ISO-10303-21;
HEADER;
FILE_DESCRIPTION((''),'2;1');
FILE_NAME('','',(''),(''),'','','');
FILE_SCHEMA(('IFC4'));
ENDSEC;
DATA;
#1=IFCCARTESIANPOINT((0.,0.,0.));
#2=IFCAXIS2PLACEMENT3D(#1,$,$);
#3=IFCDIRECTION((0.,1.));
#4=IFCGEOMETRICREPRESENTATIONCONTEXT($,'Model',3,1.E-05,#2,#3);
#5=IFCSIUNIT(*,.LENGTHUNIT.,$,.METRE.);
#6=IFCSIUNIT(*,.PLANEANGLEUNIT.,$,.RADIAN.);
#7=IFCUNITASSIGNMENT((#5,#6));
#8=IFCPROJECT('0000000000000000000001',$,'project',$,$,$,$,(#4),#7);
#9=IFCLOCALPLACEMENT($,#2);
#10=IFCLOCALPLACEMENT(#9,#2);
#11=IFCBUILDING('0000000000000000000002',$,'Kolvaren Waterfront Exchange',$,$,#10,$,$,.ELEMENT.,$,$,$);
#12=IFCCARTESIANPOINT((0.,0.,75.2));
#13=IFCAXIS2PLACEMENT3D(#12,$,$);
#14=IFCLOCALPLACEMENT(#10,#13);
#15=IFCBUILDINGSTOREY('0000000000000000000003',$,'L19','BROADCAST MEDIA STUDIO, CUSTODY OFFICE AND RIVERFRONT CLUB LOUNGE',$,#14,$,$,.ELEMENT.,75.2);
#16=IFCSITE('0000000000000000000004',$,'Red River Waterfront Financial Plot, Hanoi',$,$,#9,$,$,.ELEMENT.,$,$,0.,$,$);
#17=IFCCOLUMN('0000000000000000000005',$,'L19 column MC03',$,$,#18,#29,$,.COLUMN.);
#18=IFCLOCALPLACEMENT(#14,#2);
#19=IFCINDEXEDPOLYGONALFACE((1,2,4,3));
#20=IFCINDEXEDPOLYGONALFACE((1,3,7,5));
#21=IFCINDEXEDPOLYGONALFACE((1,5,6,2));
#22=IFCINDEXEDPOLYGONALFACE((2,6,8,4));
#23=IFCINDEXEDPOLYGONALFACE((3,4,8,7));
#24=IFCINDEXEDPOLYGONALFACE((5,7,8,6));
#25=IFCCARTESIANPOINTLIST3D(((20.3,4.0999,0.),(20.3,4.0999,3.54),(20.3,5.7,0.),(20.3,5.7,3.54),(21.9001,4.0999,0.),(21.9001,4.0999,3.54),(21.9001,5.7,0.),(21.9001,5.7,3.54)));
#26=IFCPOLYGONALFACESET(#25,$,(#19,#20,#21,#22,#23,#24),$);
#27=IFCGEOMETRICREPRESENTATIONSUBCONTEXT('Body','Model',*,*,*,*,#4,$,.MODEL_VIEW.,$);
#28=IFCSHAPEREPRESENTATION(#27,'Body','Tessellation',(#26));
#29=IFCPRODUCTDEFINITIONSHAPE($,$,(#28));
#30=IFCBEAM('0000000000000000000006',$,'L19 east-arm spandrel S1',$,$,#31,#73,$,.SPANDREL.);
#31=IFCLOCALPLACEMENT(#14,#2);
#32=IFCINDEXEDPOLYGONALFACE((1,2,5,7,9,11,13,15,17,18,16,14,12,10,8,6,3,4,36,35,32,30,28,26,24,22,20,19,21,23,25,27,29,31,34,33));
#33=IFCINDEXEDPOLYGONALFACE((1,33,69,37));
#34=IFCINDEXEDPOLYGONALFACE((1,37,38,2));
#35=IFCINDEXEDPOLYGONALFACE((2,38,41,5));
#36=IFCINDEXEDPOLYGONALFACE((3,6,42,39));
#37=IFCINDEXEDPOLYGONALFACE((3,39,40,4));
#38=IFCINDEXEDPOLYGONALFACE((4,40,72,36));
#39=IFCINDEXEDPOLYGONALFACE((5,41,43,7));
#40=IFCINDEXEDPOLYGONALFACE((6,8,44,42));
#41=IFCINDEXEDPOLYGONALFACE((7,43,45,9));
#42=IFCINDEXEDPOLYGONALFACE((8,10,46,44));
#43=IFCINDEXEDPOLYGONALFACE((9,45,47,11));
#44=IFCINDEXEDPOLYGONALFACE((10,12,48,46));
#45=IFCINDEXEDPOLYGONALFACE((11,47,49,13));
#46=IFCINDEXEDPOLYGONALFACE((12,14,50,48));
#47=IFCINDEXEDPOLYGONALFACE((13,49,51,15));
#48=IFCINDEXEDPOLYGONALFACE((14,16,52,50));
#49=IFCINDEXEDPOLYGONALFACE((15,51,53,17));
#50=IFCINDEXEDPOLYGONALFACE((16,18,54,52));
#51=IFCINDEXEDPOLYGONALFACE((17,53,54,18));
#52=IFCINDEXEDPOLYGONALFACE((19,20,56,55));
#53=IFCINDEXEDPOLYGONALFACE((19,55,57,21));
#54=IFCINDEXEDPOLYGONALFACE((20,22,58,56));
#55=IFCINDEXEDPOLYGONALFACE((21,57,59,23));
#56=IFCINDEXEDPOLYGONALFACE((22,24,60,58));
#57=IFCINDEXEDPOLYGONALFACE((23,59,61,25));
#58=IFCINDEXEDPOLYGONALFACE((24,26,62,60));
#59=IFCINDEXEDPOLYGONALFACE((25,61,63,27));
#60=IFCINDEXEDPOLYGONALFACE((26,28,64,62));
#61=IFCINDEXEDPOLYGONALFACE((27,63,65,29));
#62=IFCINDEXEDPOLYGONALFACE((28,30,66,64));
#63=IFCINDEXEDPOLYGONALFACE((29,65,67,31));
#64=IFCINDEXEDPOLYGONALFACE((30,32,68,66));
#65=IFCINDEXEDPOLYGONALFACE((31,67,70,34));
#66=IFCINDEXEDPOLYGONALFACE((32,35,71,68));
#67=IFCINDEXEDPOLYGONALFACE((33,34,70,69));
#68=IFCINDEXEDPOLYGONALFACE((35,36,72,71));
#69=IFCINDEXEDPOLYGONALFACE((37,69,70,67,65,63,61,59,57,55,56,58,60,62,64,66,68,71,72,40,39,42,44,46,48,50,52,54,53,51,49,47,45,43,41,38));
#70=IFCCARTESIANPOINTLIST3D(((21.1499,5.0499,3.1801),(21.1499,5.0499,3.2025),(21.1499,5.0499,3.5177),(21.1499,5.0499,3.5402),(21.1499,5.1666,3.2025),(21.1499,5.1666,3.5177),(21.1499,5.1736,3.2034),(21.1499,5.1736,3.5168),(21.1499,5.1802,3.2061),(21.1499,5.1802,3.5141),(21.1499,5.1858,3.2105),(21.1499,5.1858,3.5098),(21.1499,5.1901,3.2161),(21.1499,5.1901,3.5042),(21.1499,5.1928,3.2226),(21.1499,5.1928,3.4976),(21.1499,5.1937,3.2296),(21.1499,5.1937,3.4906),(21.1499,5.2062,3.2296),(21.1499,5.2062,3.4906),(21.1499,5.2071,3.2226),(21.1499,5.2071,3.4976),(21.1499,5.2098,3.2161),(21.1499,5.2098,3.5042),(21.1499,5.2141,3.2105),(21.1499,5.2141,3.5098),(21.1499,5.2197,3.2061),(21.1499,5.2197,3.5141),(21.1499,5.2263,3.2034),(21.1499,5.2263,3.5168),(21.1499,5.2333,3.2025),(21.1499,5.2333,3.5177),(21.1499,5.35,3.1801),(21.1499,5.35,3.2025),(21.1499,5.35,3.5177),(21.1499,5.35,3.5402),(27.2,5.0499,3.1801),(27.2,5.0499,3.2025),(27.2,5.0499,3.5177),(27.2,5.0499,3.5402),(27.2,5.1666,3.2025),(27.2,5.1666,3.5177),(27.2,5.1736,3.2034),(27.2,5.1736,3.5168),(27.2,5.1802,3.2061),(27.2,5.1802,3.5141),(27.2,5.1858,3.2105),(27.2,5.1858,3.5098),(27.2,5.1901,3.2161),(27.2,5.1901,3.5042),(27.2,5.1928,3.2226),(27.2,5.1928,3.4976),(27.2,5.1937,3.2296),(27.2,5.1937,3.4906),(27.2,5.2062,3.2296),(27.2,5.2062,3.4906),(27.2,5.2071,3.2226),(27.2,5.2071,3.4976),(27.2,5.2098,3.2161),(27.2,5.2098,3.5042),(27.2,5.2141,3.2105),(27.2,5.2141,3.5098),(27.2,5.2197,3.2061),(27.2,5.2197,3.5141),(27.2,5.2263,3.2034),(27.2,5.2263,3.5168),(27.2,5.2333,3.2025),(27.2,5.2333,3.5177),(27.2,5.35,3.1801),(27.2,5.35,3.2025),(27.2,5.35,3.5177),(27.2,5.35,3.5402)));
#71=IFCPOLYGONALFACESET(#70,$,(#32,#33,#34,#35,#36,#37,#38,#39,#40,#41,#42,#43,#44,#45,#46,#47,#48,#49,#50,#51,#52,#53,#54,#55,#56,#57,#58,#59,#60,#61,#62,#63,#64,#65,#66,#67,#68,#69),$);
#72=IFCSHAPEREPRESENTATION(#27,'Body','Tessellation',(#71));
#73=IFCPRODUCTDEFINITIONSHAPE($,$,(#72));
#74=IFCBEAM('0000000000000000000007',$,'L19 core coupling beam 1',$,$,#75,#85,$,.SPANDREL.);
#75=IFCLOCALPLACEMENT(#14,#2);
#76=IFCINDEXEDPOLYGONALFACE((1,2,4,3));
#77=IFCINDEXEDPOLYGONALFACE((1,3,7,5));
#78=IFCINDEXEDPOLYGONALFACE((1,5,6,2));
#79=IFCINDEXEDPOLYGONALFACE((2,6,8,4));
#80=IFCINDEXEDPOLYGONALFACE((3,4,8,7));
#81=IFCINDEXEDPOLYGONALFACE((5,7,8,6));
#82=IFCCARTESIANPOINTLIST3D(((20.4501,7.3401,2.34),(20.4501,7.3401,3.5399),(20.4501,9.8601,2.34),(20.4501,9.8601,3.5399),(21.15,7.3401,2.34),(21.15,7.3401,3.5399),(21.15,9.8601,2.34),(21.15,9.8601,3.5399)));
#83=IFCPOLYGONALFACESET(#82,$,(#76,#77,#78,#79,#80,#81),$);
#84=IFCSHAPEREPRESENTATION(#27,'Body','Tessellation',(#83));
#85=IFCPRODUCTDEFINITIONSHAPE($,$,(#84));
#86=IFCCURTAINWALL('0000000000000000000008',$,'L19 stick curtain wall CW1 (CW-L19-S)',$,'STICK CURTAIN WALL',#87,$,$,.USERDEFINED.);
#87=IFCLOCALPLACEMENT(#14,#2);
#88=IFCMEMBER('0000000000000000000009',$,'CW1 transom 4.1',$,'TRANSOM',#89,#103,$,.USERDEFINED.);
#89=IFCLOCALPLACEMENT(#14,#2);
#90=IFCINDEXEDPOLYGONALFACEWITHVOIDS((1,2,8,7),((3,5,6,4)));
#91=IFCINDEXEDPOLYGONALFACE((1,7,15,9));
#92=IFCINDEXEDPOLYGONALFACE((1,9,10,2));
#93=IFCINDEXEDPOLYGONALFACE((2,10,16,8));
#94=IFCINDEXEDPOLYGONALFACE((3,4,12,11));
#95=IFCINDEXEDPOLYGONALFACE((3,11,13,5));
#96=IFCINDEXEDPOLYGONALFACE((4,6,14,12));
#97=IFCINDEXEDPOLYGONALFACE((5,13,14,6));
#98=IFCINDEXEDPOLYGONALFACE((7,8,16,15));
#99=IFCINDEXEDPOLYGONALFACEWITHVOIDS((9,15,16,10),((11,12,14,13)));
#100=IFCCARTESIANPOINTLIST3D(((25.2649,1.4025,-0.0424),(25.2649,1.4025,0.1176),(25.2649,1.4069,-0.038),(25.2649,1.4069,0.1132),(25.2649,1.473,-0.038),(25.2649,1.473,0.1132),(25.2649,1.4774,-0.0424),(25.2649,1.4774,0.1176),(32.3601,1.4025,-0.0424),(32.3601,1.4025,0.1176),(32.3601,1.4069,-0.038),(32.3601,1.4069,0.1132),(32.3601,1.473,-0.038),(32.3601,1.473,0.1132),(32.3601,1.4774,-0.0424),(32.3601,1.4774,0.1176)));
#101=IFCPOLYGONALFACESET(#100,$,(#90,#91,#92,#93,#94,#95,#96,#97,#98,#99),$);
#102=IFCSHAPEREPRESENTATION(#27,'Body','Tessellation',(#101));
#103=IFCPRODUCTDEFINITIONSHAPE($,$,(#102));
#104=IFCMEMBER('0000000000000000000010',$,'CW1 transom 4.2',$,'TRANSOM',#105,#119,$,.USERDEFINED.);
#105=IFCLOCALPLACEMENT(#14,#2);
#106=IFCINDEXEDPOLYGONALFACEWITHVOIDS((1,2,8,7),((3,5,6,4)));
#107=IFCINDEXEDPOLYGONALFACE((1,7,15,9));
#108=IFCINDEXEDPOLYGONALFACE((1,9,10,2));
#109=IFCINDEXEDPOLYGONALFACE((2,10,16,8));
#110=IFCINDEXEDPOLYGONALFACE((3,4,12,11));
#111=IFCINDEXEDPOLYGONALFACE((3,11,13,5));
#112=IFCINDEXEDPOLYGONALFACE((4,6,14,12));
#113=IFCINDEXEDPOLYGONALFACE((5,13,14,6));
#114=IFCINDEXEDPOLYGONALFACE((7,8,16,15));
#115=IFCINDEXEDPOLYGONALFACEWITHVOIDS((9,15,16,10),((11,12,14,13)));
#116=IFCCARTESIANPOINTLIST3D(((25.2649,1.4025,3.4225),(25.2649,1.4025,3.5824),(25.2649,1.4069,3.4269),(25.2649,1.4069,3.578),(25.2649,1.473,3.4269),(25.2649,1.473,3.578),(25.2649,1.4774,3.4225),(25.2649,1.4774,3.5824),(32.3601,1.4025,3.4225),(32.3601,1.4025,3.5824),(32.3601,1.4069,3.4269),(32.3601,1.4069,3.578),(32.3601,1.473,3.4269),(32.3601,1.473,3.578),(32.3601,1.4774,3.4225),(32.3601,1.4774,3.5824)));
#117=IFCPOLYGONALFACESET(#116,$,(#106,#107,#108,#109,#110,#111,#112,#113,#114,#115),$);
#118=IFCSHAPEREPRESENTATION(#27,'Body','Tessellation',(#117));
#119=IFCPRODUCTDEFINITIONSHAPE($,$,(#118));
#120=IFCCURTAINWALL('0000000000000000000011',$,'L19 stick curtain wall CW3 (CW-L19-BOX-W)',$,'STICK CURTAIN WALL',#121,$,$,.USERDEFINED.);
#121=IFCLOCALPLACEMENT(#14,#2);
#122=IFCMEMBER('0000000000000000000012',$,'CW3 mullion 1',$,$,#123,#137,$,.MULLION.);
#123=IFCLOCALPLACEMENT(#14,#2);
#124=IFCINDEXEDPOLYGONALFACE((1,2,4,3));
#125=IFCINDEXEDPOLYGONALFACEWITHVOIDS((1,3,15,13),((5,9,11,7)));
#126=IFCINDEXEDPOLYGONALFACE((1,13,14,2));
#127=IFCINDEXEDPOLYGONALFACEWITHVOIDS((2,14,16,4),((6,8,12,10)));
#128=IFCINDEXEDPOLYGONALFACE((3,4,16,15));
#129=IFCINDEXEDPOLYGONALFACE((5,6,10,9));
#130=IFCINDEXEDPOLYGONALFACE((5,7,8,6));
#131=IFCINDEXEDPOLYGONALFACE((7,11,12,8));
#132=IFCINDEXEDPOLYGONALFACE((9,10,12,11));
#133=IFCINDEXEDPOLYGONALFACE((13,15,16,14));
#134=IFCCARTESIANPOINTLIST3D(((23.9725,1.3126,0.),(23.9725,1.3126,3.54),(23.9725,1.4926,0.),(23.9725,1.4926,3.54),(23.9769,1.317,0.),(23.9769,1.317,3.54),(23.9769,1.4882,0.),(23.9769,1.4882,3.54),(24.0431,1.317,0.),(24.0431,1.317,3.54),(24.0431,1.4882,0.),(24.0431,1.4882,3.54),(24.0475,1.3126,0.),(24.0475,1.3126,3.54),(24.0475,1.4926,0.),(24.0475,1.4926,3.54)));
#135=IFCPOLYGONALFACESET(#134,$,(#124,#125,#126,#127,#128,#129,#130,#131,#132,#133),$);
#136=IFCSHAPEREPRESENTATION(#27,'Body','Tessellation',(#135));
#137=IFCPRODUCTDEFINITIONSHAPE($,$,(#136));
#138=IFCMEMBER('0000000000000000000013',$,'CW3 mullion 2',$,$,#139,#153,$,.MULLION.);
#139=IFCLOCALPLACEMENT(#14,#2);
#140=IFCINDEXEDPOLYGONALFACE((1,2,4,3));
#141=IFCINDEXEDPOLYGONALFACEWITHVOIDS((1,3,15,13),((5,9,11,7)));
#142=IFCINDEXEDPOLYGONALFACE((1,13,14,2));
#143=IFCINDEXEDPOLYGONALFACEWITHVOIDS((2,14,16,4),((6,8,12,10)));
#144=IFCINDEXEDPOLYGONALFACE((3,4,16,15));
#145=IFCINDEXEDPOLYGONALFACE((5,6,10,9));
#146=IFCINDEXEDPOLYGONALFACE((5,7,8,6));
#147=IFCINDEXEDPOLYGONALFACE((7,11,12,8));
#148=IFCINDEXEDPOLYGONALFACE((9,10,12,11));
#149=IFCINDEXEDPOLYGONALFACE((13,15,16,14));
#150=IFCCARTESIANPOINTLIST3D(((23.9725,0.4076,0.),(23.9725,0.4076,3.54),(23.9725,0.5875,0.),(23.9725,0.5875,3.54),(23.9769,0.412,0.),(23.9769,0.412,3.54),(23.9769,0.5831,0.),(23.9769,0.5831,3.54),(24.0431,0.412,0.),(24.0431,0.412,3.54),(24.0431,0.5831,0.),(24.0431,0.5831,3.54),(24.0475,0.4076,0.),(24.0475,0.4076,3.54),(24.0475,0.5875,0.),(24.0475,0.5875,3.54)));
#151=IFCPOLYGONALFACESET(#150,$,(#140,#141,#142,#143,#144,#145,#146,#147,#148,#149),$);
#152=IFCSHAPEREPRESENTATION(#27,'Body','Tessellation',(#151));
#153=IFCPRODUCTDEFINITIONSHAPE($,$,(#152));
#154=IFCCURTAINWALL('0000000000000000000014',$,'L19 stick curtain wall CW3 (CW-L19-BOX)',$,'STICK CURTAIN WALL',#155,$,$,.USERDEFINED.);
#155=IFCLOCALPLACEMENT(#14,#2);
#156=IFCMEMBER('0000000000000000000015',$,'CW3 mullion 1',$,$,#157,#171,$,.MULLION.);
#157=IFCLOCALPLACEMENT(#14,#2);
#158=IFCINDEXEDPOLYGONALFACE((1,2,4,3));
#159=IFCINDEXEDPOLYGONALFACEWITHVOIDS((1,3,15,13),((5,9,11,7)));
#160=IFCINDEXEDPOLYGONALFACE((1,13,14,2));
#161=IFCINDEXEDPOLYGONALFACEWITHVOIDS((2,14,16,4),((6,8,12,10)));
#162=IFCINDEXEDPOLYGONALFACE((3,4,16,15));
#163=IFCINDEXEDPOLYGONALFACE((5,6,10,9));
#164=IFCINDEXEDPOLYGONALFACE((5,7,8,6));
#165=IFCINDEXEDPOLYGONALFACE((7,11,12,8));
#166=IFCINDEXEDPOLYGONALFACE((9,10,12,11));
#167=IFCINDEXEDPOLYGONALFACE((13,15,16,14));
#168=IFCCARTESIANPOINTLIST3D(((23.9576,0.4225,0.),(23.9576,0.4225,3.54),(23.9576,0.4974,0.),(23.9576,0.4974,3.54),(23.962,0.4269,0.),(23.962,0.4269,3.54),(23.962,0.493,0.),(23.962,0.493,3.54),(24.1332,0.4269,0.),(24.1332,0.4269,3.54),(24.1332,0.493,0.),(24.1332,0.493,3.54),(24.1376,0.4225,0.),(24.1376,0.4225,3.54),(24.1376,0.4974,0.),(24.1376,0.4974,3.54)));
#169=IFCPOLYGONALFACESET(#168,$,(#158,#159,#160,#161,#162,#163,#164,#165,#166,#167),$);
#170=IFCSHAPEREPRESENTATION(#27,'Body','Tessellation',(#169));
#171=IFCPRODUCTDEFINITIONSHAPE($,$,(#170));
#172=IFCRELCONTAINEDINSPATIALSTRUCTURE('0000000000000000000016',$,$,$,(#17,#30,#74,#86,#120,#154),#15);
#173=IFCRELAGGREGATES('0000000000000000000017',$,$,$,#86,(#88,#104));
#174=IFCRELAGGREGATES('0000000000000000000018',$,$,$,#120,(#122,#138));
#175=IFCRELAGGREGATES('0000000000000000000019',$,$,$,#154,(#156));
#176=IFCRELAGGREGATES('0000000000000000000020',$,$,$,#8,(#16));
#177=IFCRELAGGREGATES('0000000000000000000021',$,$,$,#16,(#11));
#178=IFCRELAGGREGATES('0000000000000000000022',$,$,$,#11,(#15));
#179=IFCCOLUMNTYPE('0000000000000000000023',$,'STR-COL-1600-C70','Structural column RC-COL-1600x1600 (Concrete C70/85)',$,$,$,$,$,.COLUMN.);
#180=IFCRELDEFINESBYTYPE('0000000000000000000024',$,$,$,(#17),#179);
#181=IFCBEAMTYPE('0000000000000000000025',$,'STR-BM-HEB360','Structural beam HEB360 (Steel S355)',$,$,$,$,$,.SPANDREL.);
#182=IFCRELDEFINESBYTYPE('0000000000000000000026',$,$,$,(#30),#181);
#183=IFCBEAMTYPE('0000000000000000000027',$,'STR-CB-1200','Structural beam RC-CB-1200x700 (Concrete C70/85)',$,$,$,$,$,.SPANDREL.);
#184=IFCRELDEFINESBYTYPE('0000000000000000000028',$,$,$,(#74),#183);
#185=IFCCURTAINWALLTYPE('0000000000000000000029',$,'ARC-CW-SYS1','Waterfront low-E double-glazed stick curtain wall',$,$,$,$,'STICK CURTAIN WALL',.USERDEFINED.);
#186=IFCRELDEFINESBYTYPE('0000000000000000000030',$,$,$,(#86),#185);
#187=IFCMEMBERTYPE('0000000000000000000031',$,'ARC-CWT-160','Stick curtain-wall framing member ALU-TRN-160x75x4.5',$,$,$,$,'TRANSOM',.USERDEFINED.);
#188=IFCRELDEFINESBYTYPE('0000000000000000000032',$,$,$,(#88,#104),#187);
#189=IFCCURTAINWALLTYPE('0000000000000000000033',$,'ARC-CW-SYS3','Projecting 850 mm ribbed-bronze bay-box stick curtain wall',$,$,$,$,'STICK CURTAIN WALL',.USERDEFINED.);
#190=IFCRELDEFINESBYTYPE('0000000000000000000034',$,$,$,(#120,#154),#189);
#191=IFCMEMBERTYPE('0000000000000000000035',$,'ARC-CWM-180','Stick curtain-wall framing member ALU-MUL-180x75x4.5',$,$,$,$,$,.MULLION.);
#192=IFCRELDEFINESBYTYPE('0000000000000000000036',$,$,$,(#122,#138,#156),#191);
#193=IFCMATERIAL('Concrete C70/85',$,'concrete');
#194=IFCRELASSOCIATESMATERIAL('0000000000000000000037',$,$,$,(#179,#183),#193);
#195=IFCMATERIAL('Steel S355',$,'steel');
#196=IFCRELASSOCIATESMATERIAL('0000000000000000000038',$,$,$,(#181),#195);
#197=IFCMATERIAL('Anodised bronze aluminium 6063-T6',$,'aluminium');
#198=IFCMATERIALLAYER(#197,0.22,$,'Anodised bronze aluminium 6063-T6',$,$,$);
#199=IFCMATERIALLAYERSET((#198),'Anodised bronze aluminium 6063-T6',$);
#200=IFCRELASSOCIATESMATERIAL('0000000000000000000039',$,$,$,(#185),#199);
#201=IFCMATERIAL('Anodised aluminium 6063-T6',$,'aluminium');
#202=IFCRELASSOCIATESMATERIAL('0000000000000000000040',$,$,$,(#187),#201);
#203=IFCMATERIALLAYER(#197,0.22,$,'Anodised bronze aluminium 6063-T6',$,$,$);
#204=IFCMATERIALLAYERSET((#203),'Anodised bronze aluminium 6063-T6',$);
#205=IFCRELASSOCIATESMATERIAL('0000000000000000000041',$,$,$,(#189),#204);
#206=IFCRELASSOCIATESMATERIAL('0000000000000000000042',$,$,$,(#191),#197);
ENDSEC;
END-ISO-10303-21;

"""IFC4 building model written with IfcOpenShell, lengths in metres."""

from ifc_helpers import new_model, si_unit, direction, frame, origin, origin_with_axes, origin_2d, place, context, subcontext, project, spatial, rectangle, hollow_rectangle, i_section, extrude, source, transform, mapped, material, layer, layer_set, material_profile, profile_set, type_object, element, aggregate, save


model = new_model("IFC4")

# Units and contexts
model_context = context("Model", 3, precision=1e-05, world=origin(), true_north=direction((0.0, 1.0)))
body_context = subcontext(model_context, "Body", "Model", "MODEL_VIEW")
ifc_project = project(units=[si_unit("LENGTHUNIT", "METRE"), si_unit("PLANEANGLEUNIT", "RADIAN")], contexts=[model_context])

# Site, building, storey
site_placement = place(None, origin())
site = spatial("IfcSite", under=ifc_project, at=site_placement, Name="Red River Waterfront Financial Plot, Hanoi", CompositionType="ELEMENT", RefElevation=0.0)
building_placement = place(site_placement, origin())
building = spatial("IfcBuilding", under=site, at=building_placement, Name="Kolvaren Waterfront Exchange", CompositionType="ELEMENT")
storey_placement = place(building_placement, frame((0.0, 0.0, 75.2)))
storey = spatial("IfcBuildingStorey", under=building, at=storey_placement, Name="L19", Description="BROADCAST MEDIA STUDIO, CUSTODY OFFICE AND RIVERFRONT CLUB LOUNGE", CompositionType="ELEMENT", Elevation=75.2)

# Column
ifc_material_1 = material(Name="Concrete C70/85", Category="concrete")
ifc_material_profile_1 = material_profile(ifc_material_1, rectangle(XDim=1.6001, YDim=1.6001, at=origin_2d()), Name="RC-COL-1600x1600")
ifc_profile_set_1 = profile_set([ifc_material_profile_1], Name="Concrete C70/85")
column_type = type_object("IfcColumnType", Name="STR-COL-1600-C70", Description="Structural column RC-COL-1600x1600 (Concrete C70/85)", PredefinedType="COLUMN", material=ifc_profile_set_1)
column_placement = place(storey_placement, frame((21.1001, 4.8999, 0.0), z_axis=(0.0, 0.0, 1.0), x_axis=(1.0, 0.0, 0.0)))
element("IfcColumn", 1, at=column_placement, inside=storey, type_object=column_type, Name="L19 column MC03", PredefinedType="COLUMN", context=body_context, shape_type="SweptSolid", body=[
    extrude(rectangle(XDim=1.6001, YDim=1.6001, at=origin_2d()), origin(), (0.0, 0.0, 1.0), 3.54),
])

# Beams
ifc_material_2 = material(Name="Steel S355", Category="steel")
ifc_material_profile_2 = material_profile(ifc_material_2, i_section(OverallWidth=0.3, OverallDepth=0.3601, WebThickness=0.0125, FlangeThickness=0.0225, FilletRadius=0.0271, at=origin_2d()), Name="HEB360")
ifc_profile_set_2 = profile_set([ifc_material_profile_2], Name="Steel S355")
beam_type_1 = type_object("IfcBeamType", Name="STR-BM-HEB360", Description="Structural beam HEB360 (Steel S355)", PredefinedType="SPANDREL", material=ifc_profile_set_2)
beam_1_placement = place(storey_placement, frame((21.1499, 5.2, 3.3601), z_axis=(1.0, 0.0, 0.0), x_axis=(0.0, 1.0, 0.0)))
element("IfcBeam", 2, at=beam_1_placement, inside=storey, type_object=beam_type_1, Name="L19 east-arm spandrel S1", PredefinedType="SPANDREL", context=body_context, shape_type="SweptSolid", body=[
    extrude(i_section(OverallWidth=0.3, OverallDepth=0.3601, WebThickness=0.0125, FlangeThickness=0.0225, FilletRadius=0.0271, at=origin_2d()), origin(), (0.0, 0.0, 1.0), 6.05),
])
ifc_material_profile_3 = material_profile(ifc_material_1, rectangle(XDim=0.7, YDim=1.2, at=origin_2d()), Name="RC-CB-1200x700")
ifc_profile_set_3 = profile_set([ifc_material_profile_3], Name="Concrete C70/85")
beam_type_2 = type_object("IfcBeamType", Name="STR-CB-1200", Description="Structural beam RC-CB-1200x700 (Concrete C70/85)", PredefinedType="SPANDREL", material=ifc_profile_set_3)
beam_2_placement = place(storey_placement, frame((20.8, 7.3401, 2.9399), z_axis=(0.0, 1.0, 0.0), x_axis=(-1.0, 0.0, 0.0)))
element("IfcBeam", 3, at=beam_2_placement, inside=storey, type_object=beam_type_2, Name="L19 core coupling beam 1", PredefinedType="SPANDREL", context=body_context, shape_type="SweptSolid", body=[
    extrude(rectangle(XDim=0.7, YDim=1.2, at=origin_2d()), origin(), (0.0, 0.0, 1.0), 2.52),
])

# Curtain walls, members
ifc_material_3 = material(Name="Anodised bronze aluminium 6063-T6", Category="aluminium")
ifc_layer_1 = layer(ifc_material_3, 0.22, Name="Anodised bronze aluminium 6063-T6")
ifc_layer_set_1 = layer_set([ifc_layer_1], Name="Anodised bronze aluminium 6063-T6")
curtain_wall_type_1 = type_object("IfcCurtainWallType", Name="ARC-CW-SYS1", Description="Waterfront low-E double-glazed stick curtain wall", ElementType="STICK CURTAIN WALL", PredefinedType="USERDEFINED", material=ifc_layer_set_1)
curtain_wall_1_placement = place(storey_placement, origin())
curtain_wall_1 = element("IfcCurtainWall", 4, at=curtain_wall_1_placement, inside=storey, type_object=curtain_wall_type_1, Name="L19 stick curtain wall CW1 (CW-L19-S)", ObjectType="STICK CURTAIN WALL", PredefinedType="USERDEFINED")
ifc_material_4 = material(Name="Anodised aluminium 6063-T6", Category="aluminium")
ifc_material_profile_4 = material_profile(ifc_material_4, hollow_rectangle(XDim=0.075, YDim=0.1599, WallThickness=0.0044, at=origin_2d()), Name="ALU-TRN-160x75x4.5")
ifc_profile_set_4 = profile_set([ifc_material_profile_4], Name="Anodised aluminium 6063-T6")
member_type_1 = type_object("IfcMemberType", Name="ARC-CWT-160", Description="Stick curtain-wall framing member ALU-TRN-160x75x4.5", ElementType="TRANSOM", PredefinedType="USERDEFINED", material=ifc_profile_set_4)
shared_shape_1 = source(origin_with_axes(), body_context, "Body", "SweptSolid", [
    extrude(hollow_rectangle(XDim=0.075, YDim=0.1599, WallThickness=0.0044, at=origin_2d()), origin(), (0.0, 0.0, 1.0), 7.0952),
])
member_1_placement = place(storey_placement, frame((25.2649, 1.4399, 0.0376), z_axis=(1.0, 0.0, 0.0), x_axis=(0.0, 1.0, 0.0)))
member_1 = element("IfcMember", 5, at=member_1_placement, type_object=member_type_1, Name="CW1 transom 4.1", ObjectType="TRANSOM", PredefinedType="USERDEFINED", context=body_context, shape_type="MappedRepresentation", body=[
    mapped(shared_shape_1, transform((0.0, 0.0, 0.0), x_axis=(1.0, 0.0, 0.0), y_axis=(0.0, 1.0, 0.0), z_axis=(0.0, 0.0, 1.0), scale=1.0)),
])
member_2_placement = place(storey_placement, frame((25.2649, 1.4399, 3.5024), z_axis=(1.0, 0.0, 0.0), x_axis=(0.0, 1.0, 0.0)))
member_2 = element("IfcMember", 6, at=member_2_placement, type_object=member_type_1, Name="CW1 transom 4.2", ObjectType="TRANSOM", PredefinedType="USERDEFINED", context=body_context, shape_type="MappedRepresentation", body=[
    mapped(shared_shape_1, transform((0.0, 0.0, 0.0), x_axis=(1.0, 0.0, 0.0), y_axis=(0.0, 1.0, 0.0), z_axis=(0.0, 0.0, 1.0), scale=1.0)),
])
ifc_layer_2 = layer(ifc_material_3, 0.22, Name="Anodised bronze aluminium 6063-T6")
ifc_layer_set_2 = layer_set([ifc_layer_2], Name="Anodised bronze aluminium 6063-T6")
curtain_wall_type_2 = type_object("IfcCurtainWallType", Name="ARC-CW-SYS3", Description="Projecting 850 mm ribbed-bronze bay-box stick curtain wall", ElementType="STICK CURTAIN WALL", PredefinedType="USERDEFINED", material=ifc_layer_set_2)
curtain_wall_2_placement = place(storey_placement, origin())
curtain_wall_2 = element("IfcCurtainWall", 7, at=curtain_wall_2_placement, inside=storey, type_object=curtain_wall_type_2, Name="L19 stick curtain wall CW3 (CW-L19-BOX-W)", ObjectType="STICK CURTAIN WALL", PredefinedType="USERDEFINED")
ifc_material_profile_5 = material_profile(ifc_material_3, hollow_rectangle(XDim=0.075, YDim=0.1799, WallThickness=0.0044, at=origin_2d()), Name="ALU-MUL-180x75x4.5")
ifc_profile_set_5 = profile_set([ifc_material_profile_5], Name="Anodised bronze aluminium 6063-T6")
member_type_2 = type_object("IfcMemberType", Name="ARC-CWM-180", Description="Stick curtain-wall framing member ALU-MUL-180x75x4.5", PredefinedType="MULLION", material=ifc_profile_set_5)
shared_shape_2 = source(origin_with_axes(), body_context, "Body", "SweptSolid", [
    extrude(hollow_rectangle(XDim=0.075, YDim=0.1799, WallThickness=0.0044, at=origin_2d()), origin(), (0.0, 0.0, 1.0), 3.54),
])
member_3_placement = place(storey_placement, frame((24.01, 1.4026, 0.0), z_axis=(0.0, 0.0, 1.0), x_axis=(1.0, 0.0, 0.0)))
member_3 = element("IfcMember", 8, at=member_3_placement, type_object=member_type_2, Name="CW3 mullion 1", PredefinedType="MULLION", context=body_context, shape_type="MappedRepresentation", body=[
    mapped(shared_shape_2, transform((0.0, 0.0, 0.0), x_axis=(1.0, 0.0, 0.0), y_axis=(0.0, 1.0, 0.0), z_axis=(0.0, 0.0, 1.0), scale=1.0)),
])
member_4_placement = place(storey_placement, frame((24.01, 0.4976, 0.0), z_axis=(0.0, 0.0, 1.0), x_axis=(1.0, 0.0, 0.0)))
member_4 = element("IfcMember", 9, at=member_4_placement, type_object=member_type_2, Name="CW3 mullion 2", PredefinedType="MULLION", context=body_context, shape_type="MappedRepresentation", body=[
    mapped(shared_shape_2, transform((0.0, 0.0, 0.0), x_axis=(1.0, 0.0, 0.0), y_axis=(0.0, 1.0, 0.0), z_axis=(0.0, 0.0, 1.0), scale=1.0)),
])

# Curtain wall, member
curtain_wall_3_placement = place(storey_placement, origin())
curtain_wall_3 = element("IfcCurtainWall", 10, at=curtain_wall_3_placement, inside=storey, type_object=curtain_wall_type_2, Name="L19 stick curtain wall CW3 (CW-L19-BOX)", ObjectType="STICK CURTAIN WALL", PredefinedType="USERDEFINED")
member_5_placement = place(storey_placement, frame((24.0476, 0.46, 0.0), z_axis=(0.0, 0.0, 1.0), x_axis=(0.0, 1.0, 0.0)))
member_5 = element("IfcMember", 11, at=member_5_placement, type_object=member_type_2, Name="CW3 mullion 1", PredefinedType="MULLION", context=body_context, shape_type="MappedRepresentation", body=[
    mapped(shared_shape_2, transform((0.0, 0.0, 0.0), x_axis=(1.0, 0.0, 0.0), y_axis=(0.0, 1.0, 0.0), z_axis=(0.0, 0.0, 1.0), scale=1.0)),
])

aggregate(curtain_wall_1, [member_1, member_2])
aggregate(curtain_wall_2, [member_3, member_4])
aggregate(curtain_wall_3, [member_5])

save(model, "model.ifc")
